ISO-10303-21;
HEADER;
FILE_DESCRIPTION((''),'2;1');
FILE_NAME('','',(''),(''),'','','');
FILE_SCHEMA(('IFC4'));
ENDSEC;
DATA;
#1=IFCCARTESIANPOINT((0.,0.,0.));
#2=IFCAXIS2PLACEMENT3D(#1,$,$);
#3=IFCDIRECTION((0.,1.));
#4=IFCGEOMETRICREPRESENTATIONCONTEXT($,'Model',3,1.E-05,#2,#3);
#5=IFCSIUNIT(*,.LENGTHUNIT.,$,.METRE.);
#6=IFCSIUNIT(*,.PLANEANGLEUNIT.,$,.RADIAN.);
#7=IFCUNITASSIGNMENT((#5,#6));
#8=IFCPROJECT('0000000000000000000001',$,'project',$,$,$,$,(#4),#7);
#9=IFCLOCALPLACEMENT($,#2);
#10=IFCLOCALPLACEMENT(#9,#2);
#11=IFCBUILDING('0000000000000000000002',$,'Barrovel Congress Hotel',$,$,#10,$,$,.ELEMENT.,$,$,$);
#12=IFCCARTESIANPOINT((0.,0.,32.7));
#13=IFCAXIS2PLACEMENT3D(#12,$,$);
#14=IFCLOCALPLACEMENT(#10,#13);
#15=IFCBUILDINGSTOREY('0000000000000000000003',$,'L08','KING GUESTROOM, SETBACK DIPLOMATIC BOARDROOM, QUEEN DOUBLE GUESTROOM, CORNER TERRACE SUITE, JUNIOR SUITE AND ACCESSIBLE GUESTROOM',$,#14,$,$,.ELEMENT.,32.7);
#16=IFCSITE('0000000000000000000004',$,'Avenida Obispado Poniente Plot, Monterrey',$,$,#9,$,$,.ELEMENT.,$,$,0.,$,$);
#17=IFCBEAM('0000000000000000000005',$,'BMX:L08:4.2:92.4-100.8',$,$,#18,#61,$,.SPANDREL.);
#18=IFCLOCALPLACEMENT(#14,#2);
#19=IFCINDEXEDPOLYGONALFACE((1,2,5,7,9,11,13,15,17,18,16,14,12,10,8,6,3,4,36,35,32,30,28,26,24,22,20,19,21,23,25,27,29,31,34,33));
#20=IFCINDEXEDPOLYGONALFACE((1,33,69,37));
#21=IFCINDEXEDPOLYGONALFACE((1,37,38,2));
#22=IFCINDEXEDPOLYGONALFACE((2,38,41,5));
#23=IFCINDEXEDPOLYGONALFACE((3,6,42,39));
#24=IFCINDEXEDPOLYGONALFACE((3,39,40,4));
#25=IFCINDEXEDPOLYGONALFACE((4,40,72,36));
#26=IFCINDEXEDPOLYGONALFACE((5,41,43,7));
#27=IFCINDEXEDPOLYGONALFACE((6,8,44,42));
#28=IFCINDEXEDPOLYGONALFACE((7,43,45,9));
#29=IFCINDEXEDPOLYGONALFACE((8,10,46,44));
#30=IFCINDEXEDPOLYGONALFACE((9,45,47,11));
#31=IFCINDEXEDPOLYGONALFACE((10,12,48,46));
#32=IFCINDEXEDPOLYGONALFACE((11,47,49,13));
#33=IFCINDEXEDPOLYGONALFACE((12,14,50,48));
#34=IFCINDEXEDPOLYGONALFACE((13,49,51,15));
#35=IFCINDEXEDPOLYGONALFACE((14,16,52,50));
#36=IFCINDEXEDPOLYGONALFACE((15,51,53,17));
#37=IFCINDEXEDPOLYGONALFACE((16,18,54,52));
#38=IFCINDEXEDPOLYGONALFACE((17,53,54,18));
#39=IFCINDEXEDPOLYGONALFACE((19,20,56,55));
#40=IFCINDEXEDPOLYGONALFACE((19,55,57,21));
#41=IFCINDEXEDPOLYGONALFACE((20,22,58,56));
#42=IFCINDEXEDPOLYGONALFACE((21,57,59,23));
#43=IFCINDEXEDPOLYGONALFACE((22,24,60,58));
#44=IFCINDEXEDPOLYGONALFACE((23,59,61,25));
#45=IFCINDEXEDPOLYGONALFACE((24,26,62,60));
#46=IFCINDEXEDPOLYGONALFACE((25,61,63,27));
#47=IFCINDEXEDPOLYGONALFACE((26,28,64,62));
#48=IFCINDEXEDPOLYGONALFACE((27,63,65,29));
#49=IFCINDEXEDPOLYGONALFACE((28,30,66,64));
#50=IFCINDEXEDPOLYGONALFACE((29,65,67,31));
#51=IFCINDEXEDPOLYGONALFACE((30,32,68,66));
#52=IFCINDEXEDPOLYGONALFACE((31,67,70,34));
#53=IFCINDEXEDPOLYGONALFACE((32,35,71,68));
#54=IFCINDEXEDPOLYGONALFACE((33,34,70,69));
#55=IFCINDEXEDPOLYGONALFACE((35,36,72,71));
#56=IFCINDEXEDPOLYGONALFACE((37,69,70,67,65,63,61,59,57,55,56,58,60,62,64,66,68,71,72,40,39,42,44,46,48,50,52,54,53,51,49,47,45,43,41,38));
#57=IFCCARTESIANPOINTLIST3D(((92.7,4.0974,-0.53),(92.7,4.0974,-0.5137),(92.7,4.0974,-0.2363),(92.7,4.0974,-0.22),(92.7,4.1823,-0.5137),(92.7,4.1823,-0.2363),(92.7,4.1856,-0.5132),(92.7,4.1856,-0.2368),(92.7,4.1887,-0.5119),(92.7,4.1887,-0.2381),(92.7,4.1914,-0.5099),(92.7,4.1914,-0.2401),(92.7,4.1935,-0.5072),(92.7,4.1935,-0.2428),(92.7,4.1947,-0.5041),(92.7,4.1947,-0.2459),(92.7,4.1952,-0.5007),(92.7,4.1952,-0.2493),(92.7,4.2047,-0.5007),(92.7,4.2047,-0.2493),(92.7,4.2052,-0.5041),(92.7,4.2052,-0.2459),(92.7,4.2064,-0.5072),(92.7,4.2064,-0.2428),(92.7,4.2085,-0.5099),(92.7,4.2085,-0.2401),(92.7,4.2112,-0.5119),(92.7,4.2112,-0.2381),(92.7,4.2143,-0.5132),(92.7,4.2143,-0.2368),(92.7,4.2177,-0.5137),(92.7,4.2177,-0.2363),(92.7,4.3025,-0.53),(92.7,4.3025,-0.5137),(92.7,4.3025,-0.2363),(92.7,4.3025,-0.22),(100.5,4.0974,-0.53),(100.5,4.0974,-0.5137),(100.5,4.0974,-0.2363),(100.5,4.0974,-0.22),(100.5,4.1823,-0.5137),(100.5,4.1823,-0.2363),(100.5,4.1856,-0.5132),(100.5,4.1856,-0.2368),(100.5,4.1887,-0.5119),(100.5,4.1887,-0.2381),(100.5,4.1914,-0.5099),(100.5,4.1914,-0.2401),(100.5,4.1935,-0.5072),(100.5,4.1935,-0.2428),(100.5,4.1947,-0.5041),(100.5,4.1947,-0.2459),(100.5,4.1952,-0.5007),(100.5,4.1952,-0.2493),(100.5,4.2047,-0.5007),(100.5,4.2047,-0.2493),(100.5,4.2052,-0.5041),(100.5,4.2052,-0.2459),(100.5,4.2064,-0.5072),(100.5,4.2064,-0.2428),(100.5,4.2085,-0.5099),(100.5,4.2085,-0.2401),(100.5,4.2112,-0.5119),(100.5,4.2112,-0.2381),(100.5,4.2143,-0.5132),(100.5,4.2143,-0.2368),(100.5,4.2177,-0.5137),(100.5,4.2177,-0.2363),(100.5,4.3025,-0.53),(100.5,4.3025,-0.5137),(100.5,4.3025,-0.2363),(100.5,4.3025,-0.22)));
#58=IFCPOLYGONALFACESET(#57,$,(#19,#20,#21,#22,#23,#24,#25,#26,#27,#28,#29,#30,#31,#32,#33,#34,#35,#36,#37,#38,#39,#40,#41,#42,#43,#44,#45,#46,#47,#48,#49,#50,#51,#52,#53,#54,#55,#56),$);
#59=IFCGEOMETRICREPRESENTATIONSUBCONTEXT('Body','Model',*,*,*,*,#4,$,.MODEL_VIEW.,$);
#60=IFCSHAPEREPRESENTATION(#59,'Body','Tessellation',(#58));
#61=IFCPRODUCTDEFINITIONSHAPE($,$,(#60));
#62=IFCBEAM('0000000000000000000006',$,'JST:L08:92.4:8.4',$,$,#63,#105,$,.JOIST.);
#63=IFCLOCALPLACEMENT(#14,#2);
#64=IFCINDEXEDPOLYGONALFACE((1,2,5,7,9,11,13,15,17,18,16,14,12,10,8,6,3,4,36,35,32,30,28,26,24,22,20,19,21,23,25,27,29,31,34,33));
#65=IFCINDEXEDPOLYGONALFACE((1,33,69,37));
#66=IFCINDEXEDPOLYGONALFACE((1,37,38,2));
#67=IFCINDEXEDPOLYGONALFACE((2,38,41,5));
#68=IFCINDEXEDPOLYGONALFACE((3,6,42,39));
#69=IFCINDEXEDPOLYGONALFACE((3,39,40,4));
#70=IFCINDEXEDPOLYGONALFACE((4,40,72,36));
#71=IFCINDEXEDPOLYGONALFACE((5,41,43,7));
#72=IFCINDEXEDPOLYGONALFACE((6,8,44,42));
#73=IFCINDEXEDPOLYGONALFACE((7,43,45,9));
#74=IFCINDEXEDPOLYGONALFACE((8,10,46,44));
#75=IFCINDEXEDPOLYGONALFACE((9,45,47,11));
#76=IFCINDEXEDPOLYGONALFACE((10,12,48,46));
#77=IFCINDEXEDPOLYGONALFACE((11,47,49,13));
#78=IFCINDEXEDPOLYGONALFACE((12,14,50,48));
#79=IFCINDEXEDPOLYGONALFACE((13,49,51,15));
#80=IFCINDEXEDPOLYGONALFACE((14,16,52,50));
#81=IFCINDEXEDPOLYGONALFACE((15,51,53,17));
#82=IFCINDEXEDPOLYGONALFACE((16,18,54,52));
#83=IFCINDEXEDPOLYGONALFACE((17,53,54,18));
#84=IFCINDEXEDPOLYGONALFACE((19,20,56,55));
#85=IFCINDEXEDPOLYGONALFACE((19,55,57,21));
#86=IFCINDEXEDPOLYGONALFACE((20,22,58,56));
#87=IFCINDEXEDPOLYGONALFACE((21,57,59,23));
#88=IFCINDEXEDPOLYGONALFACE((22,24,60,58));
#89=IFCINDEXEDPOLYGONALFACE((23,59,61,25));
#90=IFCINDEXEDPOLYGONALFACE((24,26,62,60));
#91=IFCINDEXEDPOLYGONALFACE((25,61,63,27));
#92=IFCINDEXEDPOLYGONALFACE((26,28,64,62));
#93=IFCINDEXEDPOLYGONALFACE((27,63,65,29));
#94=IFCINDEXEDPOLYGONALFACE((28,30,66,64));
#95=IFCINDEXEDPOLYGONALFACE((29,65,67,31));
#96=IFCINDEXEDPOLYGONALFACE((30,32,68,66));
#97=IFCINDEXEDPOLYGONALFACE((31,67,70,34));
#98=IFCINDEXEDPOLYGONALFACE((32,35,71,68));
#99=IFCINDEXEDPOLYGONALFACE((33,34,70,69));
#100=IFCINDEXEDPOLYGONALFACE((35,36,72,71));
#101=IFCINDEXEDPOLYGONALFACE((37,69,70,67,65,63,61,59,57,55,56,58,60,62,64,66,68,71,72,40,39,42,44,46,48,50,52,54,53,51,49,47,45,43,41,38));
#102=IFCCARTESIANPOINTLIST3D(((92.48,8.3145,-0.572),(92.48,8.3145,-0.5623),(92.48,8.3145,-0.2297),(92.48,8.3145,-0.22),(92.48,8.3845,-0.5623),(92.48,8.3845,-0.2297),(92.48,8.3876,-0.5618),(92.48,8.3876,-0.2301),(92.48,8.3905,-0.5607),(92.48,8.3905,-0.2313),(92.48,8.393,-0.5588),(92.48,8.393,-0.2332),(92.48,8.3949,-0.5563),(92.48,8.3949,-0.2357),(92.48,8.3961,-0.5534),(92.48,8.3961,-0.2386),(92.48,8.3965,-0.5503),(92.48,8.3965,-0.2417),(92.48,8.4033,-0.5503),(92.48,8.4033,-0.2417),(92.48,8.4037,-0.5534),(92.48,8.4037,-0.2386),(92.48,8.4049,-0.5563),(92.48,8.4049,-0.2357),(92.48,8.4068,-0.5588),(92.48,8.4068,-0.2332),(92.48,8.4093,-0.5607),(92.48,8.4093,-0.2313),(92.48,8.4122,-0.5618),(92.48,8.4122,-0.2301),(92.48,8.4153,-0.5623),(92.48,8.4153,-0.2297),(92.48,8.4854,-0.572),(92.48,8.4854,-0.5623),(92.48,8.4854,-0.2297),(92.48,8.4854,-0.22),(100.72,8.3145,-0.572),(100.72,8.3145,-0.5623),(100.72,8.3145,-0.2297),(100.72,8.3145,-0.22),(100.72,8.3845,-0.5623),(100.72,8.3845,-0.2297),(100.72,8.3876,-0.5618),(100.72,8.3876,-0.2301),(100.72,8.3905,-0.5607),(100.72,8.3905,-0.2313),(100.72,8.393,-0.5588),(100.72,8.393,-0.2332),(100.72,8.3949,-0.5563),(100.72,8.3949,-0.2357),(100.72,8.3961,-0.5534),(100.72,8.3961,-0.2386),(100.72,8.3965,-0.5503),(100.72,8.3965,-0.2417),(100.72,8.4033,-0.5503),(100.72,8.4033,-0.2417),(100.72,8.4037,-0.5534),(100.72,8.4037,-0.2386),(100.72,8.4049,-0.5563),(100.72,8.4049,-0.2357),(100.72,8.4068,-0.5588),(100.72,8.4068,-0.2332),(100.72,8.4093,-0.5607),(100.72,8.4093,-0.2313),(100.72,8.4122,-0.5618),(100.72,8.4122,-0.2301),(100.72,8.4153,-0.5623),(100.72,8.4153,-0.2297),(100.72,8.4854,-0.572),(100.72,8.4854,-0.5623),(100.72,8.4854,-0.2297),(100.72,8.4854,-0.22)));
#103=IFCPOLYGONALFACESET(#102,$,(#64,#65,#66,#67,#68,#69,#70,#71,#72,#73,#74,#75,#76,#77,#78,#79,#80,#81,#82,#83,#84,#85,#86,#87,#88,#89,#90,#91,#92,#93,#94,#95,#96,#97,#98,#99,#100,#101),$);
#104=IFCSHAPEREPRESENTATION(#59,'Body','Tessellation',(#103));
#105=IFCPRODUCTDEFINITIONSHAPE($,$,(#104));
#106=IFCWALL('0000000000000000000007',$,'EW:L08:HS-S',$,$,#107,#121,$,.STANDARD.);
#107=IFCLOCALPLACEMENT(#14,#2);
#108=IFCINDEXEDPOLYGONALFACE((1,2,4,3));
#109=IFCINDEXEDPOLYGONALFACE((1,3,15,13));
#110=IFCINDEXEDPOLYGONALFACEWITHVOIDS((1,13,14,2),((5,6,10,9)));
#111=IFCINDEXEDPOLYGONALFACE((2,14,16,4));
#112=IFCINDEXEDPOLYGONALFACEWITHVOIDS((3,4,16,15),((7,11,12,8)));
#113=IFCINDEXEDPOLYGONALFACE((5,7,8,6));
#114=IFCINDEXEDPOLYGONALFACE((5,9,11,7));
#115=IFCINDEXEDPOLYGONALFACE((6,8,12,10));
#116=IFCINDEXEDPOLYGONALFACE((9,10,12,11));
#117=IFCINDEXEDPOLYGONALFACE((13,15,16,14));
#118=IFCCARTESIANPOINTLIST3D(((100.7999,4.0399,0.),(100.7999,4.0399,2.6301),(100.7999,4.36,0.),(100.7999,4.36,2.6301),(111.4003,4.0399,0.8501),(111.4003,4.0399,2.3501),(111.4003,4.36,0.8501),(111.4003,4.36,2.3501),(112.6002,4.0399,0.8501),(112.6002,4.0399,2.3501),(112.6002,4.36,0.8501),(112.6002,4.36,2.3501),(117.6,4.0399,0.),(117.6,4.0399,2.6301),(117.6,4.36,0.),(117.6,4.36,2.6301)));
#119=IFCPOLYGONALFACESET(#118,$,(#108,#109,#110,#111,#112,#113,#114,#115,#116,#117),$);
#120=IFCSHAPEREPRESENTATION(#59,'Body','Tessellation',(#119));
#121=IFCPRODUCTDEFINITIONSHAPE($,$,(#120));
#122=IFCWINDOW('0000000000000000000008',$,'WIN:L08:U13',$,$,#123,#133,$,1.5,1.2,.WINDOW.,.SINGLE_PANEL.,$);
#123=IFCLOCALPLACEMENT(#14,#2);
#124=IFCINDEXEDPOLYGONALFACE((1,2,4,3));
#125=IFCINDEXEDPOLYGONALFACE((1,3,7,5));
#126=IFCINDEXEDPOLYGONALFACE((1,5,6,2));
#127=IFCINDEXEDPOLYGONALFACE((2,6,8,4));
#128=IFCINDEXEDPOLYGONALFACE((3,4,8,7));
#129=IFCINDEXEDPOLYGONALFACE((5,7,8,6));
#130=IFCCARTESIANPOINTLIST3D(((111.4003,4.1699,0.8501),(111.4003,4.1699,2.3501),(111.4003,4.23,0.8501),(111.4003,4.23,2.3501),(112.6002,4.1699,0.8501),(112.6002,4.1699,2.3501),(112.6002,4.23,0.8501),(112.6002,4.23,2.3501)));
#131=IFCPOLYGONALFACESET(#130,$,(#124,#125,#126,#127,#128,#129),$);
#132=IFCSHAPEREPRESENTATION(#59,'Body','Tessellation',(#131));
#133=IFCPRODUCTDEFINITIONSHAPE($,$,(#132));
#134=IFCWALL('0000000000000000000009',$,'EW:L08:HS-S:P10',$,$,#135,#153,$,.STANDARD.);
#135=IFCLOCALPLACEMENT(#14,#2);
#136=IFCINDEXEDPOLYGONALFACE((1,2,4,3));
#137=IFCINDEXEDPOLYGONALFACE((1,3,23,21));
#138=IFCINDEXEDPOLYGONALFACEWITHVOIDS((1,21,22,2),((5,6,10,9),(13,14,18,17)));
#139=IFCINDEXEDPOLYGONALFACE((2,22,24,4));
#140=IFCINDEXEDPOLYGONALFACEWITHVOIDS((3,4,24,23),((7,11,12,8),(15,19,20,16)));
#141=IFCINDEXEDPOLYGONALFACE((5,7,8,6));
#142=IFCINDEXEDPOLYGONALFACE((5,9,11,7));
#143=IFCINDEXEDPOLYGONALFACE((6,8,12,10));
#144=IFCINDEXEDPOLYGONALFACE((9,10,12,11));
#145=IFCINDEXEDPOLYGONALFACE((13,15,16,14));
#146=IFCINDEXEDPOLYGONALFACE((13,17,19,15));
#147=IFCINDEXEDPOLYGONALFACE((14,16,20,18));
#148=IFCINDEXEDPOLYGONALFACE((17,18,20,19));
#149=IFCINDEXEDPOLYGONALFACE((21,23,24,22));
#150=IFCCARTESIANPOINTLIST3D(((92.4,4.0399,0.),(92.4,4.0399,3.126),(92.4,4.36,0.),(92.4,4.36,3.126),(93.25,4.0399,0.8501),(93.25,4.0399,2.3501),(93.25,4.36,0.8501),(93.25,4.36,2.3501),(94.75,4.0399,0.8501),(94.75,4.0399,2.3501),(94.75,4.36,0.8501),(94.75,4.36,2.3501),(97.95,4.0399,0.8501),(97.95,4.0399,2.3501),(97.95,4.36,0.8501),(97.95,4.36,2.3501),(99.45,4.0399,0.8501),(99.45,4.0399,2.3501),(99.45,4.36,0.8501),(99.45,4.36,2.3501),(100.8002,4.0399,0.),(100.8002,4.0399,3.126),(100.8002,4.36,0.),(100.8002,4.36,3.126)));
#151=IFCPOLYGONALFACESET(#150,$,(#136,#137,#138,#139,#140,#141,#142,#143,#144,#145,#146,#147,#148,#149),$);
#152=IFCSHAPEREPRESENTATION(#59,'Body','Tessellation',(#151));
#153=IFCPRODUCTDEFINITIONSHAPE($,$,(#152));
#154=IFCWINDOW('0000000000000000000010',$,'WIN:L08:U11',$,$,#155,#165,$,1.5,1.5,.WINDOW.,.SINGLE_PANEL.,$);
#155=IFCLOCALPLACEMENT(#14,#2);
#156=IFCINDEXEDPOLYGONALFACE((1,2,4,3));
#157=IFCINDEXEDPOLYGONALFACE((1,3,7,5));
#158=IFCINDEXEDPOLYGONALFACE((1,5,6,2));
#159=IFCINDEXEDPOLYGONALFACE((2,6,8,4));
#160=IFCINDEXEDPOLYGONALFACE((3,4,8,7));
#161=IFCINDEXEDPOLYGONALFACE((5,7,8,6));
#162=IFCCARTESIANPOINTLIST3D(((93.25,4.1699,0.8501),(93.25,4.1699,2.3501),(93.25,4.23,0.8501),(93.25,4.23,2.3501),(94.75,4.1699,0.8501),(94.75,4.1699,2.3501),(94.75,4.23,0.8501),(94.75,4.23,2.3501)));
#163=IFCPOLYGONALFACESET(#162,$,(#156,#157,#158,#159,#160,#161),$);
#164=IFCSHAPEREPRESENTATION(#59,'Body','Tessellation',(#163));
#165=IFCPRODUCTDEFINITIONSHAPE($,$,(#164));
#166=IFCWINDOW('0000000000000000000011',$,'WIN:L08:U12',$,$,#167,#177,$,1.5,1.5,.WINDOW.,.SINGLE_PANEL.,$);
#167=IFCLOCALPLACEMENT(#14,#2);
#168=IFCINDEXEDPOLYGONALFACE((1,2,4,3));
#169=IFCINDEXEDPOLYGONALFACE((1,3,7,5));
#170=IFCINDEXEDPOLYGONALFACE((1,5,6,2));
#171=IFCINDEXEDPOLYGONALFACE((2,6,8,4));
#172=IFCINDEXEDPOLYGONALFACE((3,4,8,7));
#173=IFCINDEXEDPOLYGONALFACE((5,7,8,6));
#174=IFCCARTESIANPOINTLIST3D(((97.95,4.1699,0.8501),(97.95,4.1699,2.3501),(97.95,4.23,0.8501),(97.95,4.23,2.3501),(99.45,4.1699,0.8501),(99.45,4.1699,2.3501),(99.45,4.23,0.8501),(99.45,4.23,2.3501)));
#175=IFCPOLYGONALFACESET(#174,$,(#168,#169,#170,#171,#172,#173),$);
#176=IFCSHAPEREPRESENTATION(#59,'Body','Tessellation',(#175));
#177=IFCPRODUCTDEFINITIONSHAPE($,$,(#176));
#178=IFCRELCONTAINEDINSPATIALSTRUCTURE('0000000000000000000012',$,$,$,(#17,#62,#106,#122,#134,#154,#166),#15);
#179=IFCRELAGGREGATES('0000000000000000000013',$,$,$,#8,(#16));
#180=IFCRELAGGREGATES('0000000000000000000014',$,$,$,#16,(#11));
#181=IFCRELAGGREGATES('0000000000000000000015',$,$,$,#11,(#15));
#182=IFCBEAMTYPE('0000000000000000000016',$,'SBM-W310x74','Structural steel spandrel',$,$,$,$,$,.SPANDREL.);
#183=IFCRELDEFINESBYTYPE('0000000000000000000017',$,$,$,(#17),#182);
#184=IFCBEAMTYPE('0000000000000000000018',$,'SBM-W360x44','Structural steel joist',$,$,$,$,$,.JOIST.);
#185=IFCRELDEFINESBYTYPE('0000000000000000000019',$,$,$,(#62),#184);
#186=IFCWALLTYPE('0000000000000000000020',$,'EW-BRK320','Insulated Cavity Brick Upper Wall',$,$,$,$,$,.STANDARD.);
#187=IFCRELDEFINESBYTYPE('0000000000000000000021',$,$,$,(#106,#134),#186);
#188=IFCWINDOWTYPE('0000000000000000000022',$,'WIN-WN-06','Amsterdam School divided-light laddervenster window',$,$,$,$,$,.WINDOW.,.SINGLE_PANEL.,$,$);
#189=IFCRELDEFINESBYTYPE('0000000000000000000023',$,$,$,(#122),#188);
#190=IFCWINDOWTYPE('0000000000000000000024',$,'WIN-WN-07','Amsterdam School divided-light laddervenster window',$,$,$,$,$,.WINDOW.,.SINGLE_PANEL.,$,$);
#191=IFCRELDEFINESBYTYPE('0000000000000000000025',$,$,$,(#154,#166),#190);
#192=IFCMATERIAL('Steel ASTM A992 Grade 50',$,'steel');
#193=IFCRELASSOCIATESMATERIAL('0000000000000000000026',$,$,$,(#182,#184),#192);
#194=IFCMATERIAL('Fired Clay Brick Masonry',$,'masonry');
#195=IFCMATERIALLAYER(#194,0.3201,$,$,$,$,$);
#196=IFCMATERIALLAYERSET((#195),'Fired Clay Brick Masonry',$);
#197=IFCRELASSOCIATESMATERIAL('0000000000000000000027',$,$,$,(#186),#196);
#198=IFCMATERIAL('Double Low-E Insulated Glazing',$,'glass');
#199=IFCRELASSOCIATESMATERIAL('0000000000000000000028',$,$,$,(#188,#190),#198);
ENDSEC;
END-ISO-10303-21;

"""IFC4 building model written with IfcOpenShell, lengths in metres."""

from ifc_helpers import new_model, si_unit, direction, frame, frame_2d, origin, origin_2d, place, context, subcontext, project, spatial, rectangle, i_section, extrude, material, layer, layer_set, material_profile, profile_set, type_object, element, fill, save


model = new_model("IFC4")

# Units and contexts
model_context = context("Model", 3, precision=1e-05, world=origin(), true_north=direction((0.0, 1.0)))
body_context = subcontext(model_context, "Body", "Model", "MODEL_VIEW")
ifc_project = project(units=[si_unit("LENGTHUNIT", "METRE"), si_unit("PLANEANGLEUNIT", "RADIAN")], contexts=[model_context])

# Site, building, storey
site_placement = place(None, origin())
site = spatial("IfcSite", under=ifc_project, at=site_placement, Name="Avenida Obispado Poniente Plot, Monterrey", CompositionType="ELEMENT", RefElevation=0.0)
building_placement = place(site_placement, origin())
building = spatial("IfcBuilding", under=site, at=building_placement, Name="Barrovel Congress Hotel", CompositionType="ELEMENT")
storey_placement = place(building_placement, frame((0.0, 0.0, 32.7)))
storey = spatial("IfcBuildingStorey", under=building, at=storey_placement, Name="L08", Description="KING GUESTROOM, SETBACK DIPLOMATIC BOARDROOM, QUEEN DOUBLE GUESTROOM, CORNER TERRACE SUITE, JUNIOR SUITE AND ACCESSIBLE GUESTROOM", CompositionType="ELEMENT", Elevation=32.7)

# Beams
ifc_material_1 = material(Name="Steel ASTM A992 Grade 50", Category="steel")
ifc_material_profile_1 = material_profile(ifc_material_1, i_section(OverallWidth=0.2051, OverallDepth=0.3101, WebThickness=0.0095, FlangeThickness=0.0164, FilletRadius=0.0129, at=origin_2d()), Name="W310x74")
ifc_profile_set_1 = profile_set([ifc_material_profile_1], Name="Steel ASTM A992 Grade 50")
beam_type_1 = type_object("IfcBeamType", Name="SBM-W310x74", Description="Structural steel spandrel", PredefinedType="SPANDREL", material=ifc_profile_set_1)
beam_1_placement = place(storey_placement, frame((92.7, 4.2, -0.375), z_axis=(1.0, 0.0, 0.0), x_axis=(0.0, 1.0, 0.0)))
element("IfcBeam", 1, at=beam_1_placement, inside=storey, type_object=beam_type_1, Name="BMX:L08:4.2:92.4-100.8", PredefinedType="SPANDREL", context=body_context, shape_type="SweptSolid", body=[
    extrude(i_section(OverallWidth=0.2051, OverallDepth=0.3101, WebThickness=0.0095, FlangeThickness=0.0164, FilletRadius=0.0129, at=origin_2d()), origin(), (0.0, 0.0, 1.0), 7.8),
])
ifc_material_profile_2 = material_profile(ifc_material_1, i_section(OverallWidth=0.1709, OverallDepth=0.3521, WebThickness=0.0068, FlangeThickness=0.0098, FilletRadius=0.012, at=origin_2d()), Name="W360x44")
ifc_profile_set_2 = profile_set([ifc_material_profile_2], Name="Steel ASTM A992 Grade 50")
beam_type_2 = type_object("IfcBeamType", Name="SBM-W360x44", Description="Structural steel joist", PredefinedType="JOIST", material=ifc_profile_set_2)
beam_2_placement = place(storey_placement, frame((92.48, 8.3999, -0.396), z_axis=(1.0, 0.0, 0.0), x_axis=(0.0, 1.0, 0.0)))
element("IfcBeam", 2, at=beam_2_placement, inside=storey, type_object=beam_type_2, Name="JST:L08:92.4:8.4", PredefinedType="JOIST", context=body_context, shape_type="SweptSolid", body=[
    extrude(i_section(OverallWidth=0.1709, OverallDepth=0.3521, WebThickness=0.0068, FlangeThickness=0.0098, FilletRadius=0.012, at=origin_2d()), origin(), (0.0, 0.0, 1.0), 8.24),
])

# Wall, opening, window
ifc_material_2 = material(Name="Fired Clay Brick Masonry", Category="masonry")
ifc_layer_1 = layer(ifc_material_2, 0.3201)
ifc_layer_set_1 = layer_set([ifc_layer_1], Name="Fired Clay Brick Masonry")
wall_type_1 = type_object("IfcWallType", Name="EW-BRK320", Description="Insulated Cavity Brick Upper Wall", PredefinedType="STANDARD", material=ifc_layer_set_1)
wall_1_placement = place(storey_placement, frame((100.8, 4.2, 0.0), z_axis=(0.0, 0.0, 1.0), x_axis=(1.0, 0.0, 0.0)))
wall_1 = element("IfcWall", 3, at=wall_1_placement, inside=storey, type_object=wall_type_1, Name="EW:L08:HS-S", PredefinedType="STANDARD", context=body_context, shape_type="SweptSolid", body=[
    extrude(rectangle(XDim=16.8, YDim=0.3201, at=frame_2d((8.3999, 0.0))), origin(), (0.0, 0.0, 1.0), 2.6301),
])
opening_1_placement = place(wall_1_placement, frame((10.6001, 0.0, 0.8501)))
opening_1 = element("IfcOpeningElement", 4, at=opening_1_placement, cuts=wall_1, PredefinedType="OPENING", context=body_context, shape_type="SweptSolid", body=[
    extrude(rectangle(XDim=1.2, YDim=1.5, at=frame_2d((0.6001, 0.75))), frame((0.0, 0.1699, 0.0), z_axis=(0.0, -1.0, 0.0), x_axis=(1.0, 0.0, 0.0)), (0.0, 0.0, 1.0), 0.3401),
])
ifc_material_3 = material(Name="Double Low-E Insulated Glazing", Category="glass")
window_type_1 = type_object("IfcWindowType", Name="WIN-WN-06", Description="Amsterdam School divided-light laddervenster window", PartitioningType="SINGLE_PANEL", PredefinedType="WINDOW", material=ifc_material_3)
window_1_placement = place(opening_1_placement, origin())
window_1 = element("IfcWindow", 5, at=window_1_placement, inside=storey, type_object=window_type_1, Name="WIN:L08:U13", OverallHeight=1.5, OverallWidth=1.2, PartitioningType="SINGLE_PANEL", PredefinedType="WINDOW", context=body_context, shape_type="SweptSolid", body=[
    extrude(rectangle(XDim=1.2, YDim=1.5, at=frame_2d((0.6001, 0.75))), frame((0.0, 0.03, 0.0), z_axis=(0.0, -1.0, 0.0), x_axis=(1.0, 0.0, 0.0)), (0.0, 0.0, 1.0), 0.0601),
])
fill(opening_1, window_1)

# Wall, openings, windows
wall_2_placement = place(storey_placement, frame((92.3999, 4.2, 0.0), z_axis=(0.0, 0.0, 1.0), x_axis=(1.0, 0.0, 0.0)))
wall_2 = element("IfcWall", 6, at=wall_2_placement, inside=storey, type_object=wall_type_1, Name="EW:L08:HS-S:P10", PredefinedType="STANDARD", context=body_context, shape_type="SweptSolid", body=[
    extrude(rectangle(XDim=8.4001, YDim=0.3201, at=frame_2d((4.2002, 0.0))), origin(), (0.0, 0.0, 1.0), 3.126),
])
opening_2_placement = place(wall_2_placement, frame((0.8501, 0.0, 0.8501)))
opening_2 = element("IfcOpeningElement", 7, at=opening_2_placement, cuts=wall_2, PredefinedType="OPENING", context=body_context, shape_type="SweptSolid", body=[
    extrude(rectangle(XDim=1.5, YDim=1.5, at=frame_2d((0.75, 0.75))), frame((0.0, 0.1699, 0.0), z_axis=(0.0, -1.0, 0.0), x_axis=(1.0, 0.0, 0.0)), (0.0, 0.0, 1.0), 0.3401),
])
opening_3_placement = place(wall_2_placement, frame((5.55, 0.0, 0.8501)))
opening_3 = element("IfcOpeningElement", 8, at=opening_3_placement, cuts=wall_2, PredefinedType="OPENING", context=body_context, shape_type="SweptSolid", body=[
    extrude(rectangle(XDim=1.5, YDim=1.5, at=frame_2d((0.75, 0.75))), frame((0.0, 0.1699, 0.0), z_axis=(0.0, -1.0, 0.0), x_axis=(1.0, 0.0, 0.0)), (0.0, 0.0, 1.0), 0.3401),
])
window_type_2 = type_object("IfcWindowType", Name="WIN-WN-07", Description="Amsterdam School divided-light laddervenster window", PartitioningType="SINGLE_PANEL", PredefinedType="WINDOW", material=ifc_material_3)
window_2_placement = place(opening_2_placement, origin())
window_2 = element("IfcWindow", 9, at=window_2_placement, inside=storey, type_object=window_type_2, Name="WIN:L08:U11", OverallHeight=1.5, OverallWidth=1.5, PartitioningType="SINGLE_PANEL", PredefinedType="WINDOW", context=body_context, shape_type="SweptSolid", body=[
    extrude(rectangle(XDim=1.5, YDim=1.5, at=frame_2d((0.75, 0.75))), frame((0.0, 0.03, 0.0), z_axis=(0.0, -1.0, 0.0), x_axis=(1.0, 0.0, 0.0)), (0.0, 0.0, 1.0), 0.0601),
])
fill(opening_2, window_2)
window_3_placement = place(opening_3_placement, origin())
window_3 = element("IfcWindow", 10, at=window_3_placement, inside=storey, type_object=window_type_2, Name="WIN:L08:U12", OverallHeight=1.5, OverallWidth=1.5, PartitioningType="SINGLE_PANEL", PredefinedType="WINDOW", context=body_context, shape_type="SweptSolid", body=[
    extrude(rectangle(XDim=1.5, YDim=1.5, at=frame_2d((0.75, 0.75))), frame((0.0, 0.03, 0.0), z_axis=(0.0, -1.0, 0.0), x_axis=(1.0, 0.0, 0.0)), (0.0, 0.0, 1.0), 0.0601),
])
fill(opening_3, window_3)

save(model, "model.ifc")
